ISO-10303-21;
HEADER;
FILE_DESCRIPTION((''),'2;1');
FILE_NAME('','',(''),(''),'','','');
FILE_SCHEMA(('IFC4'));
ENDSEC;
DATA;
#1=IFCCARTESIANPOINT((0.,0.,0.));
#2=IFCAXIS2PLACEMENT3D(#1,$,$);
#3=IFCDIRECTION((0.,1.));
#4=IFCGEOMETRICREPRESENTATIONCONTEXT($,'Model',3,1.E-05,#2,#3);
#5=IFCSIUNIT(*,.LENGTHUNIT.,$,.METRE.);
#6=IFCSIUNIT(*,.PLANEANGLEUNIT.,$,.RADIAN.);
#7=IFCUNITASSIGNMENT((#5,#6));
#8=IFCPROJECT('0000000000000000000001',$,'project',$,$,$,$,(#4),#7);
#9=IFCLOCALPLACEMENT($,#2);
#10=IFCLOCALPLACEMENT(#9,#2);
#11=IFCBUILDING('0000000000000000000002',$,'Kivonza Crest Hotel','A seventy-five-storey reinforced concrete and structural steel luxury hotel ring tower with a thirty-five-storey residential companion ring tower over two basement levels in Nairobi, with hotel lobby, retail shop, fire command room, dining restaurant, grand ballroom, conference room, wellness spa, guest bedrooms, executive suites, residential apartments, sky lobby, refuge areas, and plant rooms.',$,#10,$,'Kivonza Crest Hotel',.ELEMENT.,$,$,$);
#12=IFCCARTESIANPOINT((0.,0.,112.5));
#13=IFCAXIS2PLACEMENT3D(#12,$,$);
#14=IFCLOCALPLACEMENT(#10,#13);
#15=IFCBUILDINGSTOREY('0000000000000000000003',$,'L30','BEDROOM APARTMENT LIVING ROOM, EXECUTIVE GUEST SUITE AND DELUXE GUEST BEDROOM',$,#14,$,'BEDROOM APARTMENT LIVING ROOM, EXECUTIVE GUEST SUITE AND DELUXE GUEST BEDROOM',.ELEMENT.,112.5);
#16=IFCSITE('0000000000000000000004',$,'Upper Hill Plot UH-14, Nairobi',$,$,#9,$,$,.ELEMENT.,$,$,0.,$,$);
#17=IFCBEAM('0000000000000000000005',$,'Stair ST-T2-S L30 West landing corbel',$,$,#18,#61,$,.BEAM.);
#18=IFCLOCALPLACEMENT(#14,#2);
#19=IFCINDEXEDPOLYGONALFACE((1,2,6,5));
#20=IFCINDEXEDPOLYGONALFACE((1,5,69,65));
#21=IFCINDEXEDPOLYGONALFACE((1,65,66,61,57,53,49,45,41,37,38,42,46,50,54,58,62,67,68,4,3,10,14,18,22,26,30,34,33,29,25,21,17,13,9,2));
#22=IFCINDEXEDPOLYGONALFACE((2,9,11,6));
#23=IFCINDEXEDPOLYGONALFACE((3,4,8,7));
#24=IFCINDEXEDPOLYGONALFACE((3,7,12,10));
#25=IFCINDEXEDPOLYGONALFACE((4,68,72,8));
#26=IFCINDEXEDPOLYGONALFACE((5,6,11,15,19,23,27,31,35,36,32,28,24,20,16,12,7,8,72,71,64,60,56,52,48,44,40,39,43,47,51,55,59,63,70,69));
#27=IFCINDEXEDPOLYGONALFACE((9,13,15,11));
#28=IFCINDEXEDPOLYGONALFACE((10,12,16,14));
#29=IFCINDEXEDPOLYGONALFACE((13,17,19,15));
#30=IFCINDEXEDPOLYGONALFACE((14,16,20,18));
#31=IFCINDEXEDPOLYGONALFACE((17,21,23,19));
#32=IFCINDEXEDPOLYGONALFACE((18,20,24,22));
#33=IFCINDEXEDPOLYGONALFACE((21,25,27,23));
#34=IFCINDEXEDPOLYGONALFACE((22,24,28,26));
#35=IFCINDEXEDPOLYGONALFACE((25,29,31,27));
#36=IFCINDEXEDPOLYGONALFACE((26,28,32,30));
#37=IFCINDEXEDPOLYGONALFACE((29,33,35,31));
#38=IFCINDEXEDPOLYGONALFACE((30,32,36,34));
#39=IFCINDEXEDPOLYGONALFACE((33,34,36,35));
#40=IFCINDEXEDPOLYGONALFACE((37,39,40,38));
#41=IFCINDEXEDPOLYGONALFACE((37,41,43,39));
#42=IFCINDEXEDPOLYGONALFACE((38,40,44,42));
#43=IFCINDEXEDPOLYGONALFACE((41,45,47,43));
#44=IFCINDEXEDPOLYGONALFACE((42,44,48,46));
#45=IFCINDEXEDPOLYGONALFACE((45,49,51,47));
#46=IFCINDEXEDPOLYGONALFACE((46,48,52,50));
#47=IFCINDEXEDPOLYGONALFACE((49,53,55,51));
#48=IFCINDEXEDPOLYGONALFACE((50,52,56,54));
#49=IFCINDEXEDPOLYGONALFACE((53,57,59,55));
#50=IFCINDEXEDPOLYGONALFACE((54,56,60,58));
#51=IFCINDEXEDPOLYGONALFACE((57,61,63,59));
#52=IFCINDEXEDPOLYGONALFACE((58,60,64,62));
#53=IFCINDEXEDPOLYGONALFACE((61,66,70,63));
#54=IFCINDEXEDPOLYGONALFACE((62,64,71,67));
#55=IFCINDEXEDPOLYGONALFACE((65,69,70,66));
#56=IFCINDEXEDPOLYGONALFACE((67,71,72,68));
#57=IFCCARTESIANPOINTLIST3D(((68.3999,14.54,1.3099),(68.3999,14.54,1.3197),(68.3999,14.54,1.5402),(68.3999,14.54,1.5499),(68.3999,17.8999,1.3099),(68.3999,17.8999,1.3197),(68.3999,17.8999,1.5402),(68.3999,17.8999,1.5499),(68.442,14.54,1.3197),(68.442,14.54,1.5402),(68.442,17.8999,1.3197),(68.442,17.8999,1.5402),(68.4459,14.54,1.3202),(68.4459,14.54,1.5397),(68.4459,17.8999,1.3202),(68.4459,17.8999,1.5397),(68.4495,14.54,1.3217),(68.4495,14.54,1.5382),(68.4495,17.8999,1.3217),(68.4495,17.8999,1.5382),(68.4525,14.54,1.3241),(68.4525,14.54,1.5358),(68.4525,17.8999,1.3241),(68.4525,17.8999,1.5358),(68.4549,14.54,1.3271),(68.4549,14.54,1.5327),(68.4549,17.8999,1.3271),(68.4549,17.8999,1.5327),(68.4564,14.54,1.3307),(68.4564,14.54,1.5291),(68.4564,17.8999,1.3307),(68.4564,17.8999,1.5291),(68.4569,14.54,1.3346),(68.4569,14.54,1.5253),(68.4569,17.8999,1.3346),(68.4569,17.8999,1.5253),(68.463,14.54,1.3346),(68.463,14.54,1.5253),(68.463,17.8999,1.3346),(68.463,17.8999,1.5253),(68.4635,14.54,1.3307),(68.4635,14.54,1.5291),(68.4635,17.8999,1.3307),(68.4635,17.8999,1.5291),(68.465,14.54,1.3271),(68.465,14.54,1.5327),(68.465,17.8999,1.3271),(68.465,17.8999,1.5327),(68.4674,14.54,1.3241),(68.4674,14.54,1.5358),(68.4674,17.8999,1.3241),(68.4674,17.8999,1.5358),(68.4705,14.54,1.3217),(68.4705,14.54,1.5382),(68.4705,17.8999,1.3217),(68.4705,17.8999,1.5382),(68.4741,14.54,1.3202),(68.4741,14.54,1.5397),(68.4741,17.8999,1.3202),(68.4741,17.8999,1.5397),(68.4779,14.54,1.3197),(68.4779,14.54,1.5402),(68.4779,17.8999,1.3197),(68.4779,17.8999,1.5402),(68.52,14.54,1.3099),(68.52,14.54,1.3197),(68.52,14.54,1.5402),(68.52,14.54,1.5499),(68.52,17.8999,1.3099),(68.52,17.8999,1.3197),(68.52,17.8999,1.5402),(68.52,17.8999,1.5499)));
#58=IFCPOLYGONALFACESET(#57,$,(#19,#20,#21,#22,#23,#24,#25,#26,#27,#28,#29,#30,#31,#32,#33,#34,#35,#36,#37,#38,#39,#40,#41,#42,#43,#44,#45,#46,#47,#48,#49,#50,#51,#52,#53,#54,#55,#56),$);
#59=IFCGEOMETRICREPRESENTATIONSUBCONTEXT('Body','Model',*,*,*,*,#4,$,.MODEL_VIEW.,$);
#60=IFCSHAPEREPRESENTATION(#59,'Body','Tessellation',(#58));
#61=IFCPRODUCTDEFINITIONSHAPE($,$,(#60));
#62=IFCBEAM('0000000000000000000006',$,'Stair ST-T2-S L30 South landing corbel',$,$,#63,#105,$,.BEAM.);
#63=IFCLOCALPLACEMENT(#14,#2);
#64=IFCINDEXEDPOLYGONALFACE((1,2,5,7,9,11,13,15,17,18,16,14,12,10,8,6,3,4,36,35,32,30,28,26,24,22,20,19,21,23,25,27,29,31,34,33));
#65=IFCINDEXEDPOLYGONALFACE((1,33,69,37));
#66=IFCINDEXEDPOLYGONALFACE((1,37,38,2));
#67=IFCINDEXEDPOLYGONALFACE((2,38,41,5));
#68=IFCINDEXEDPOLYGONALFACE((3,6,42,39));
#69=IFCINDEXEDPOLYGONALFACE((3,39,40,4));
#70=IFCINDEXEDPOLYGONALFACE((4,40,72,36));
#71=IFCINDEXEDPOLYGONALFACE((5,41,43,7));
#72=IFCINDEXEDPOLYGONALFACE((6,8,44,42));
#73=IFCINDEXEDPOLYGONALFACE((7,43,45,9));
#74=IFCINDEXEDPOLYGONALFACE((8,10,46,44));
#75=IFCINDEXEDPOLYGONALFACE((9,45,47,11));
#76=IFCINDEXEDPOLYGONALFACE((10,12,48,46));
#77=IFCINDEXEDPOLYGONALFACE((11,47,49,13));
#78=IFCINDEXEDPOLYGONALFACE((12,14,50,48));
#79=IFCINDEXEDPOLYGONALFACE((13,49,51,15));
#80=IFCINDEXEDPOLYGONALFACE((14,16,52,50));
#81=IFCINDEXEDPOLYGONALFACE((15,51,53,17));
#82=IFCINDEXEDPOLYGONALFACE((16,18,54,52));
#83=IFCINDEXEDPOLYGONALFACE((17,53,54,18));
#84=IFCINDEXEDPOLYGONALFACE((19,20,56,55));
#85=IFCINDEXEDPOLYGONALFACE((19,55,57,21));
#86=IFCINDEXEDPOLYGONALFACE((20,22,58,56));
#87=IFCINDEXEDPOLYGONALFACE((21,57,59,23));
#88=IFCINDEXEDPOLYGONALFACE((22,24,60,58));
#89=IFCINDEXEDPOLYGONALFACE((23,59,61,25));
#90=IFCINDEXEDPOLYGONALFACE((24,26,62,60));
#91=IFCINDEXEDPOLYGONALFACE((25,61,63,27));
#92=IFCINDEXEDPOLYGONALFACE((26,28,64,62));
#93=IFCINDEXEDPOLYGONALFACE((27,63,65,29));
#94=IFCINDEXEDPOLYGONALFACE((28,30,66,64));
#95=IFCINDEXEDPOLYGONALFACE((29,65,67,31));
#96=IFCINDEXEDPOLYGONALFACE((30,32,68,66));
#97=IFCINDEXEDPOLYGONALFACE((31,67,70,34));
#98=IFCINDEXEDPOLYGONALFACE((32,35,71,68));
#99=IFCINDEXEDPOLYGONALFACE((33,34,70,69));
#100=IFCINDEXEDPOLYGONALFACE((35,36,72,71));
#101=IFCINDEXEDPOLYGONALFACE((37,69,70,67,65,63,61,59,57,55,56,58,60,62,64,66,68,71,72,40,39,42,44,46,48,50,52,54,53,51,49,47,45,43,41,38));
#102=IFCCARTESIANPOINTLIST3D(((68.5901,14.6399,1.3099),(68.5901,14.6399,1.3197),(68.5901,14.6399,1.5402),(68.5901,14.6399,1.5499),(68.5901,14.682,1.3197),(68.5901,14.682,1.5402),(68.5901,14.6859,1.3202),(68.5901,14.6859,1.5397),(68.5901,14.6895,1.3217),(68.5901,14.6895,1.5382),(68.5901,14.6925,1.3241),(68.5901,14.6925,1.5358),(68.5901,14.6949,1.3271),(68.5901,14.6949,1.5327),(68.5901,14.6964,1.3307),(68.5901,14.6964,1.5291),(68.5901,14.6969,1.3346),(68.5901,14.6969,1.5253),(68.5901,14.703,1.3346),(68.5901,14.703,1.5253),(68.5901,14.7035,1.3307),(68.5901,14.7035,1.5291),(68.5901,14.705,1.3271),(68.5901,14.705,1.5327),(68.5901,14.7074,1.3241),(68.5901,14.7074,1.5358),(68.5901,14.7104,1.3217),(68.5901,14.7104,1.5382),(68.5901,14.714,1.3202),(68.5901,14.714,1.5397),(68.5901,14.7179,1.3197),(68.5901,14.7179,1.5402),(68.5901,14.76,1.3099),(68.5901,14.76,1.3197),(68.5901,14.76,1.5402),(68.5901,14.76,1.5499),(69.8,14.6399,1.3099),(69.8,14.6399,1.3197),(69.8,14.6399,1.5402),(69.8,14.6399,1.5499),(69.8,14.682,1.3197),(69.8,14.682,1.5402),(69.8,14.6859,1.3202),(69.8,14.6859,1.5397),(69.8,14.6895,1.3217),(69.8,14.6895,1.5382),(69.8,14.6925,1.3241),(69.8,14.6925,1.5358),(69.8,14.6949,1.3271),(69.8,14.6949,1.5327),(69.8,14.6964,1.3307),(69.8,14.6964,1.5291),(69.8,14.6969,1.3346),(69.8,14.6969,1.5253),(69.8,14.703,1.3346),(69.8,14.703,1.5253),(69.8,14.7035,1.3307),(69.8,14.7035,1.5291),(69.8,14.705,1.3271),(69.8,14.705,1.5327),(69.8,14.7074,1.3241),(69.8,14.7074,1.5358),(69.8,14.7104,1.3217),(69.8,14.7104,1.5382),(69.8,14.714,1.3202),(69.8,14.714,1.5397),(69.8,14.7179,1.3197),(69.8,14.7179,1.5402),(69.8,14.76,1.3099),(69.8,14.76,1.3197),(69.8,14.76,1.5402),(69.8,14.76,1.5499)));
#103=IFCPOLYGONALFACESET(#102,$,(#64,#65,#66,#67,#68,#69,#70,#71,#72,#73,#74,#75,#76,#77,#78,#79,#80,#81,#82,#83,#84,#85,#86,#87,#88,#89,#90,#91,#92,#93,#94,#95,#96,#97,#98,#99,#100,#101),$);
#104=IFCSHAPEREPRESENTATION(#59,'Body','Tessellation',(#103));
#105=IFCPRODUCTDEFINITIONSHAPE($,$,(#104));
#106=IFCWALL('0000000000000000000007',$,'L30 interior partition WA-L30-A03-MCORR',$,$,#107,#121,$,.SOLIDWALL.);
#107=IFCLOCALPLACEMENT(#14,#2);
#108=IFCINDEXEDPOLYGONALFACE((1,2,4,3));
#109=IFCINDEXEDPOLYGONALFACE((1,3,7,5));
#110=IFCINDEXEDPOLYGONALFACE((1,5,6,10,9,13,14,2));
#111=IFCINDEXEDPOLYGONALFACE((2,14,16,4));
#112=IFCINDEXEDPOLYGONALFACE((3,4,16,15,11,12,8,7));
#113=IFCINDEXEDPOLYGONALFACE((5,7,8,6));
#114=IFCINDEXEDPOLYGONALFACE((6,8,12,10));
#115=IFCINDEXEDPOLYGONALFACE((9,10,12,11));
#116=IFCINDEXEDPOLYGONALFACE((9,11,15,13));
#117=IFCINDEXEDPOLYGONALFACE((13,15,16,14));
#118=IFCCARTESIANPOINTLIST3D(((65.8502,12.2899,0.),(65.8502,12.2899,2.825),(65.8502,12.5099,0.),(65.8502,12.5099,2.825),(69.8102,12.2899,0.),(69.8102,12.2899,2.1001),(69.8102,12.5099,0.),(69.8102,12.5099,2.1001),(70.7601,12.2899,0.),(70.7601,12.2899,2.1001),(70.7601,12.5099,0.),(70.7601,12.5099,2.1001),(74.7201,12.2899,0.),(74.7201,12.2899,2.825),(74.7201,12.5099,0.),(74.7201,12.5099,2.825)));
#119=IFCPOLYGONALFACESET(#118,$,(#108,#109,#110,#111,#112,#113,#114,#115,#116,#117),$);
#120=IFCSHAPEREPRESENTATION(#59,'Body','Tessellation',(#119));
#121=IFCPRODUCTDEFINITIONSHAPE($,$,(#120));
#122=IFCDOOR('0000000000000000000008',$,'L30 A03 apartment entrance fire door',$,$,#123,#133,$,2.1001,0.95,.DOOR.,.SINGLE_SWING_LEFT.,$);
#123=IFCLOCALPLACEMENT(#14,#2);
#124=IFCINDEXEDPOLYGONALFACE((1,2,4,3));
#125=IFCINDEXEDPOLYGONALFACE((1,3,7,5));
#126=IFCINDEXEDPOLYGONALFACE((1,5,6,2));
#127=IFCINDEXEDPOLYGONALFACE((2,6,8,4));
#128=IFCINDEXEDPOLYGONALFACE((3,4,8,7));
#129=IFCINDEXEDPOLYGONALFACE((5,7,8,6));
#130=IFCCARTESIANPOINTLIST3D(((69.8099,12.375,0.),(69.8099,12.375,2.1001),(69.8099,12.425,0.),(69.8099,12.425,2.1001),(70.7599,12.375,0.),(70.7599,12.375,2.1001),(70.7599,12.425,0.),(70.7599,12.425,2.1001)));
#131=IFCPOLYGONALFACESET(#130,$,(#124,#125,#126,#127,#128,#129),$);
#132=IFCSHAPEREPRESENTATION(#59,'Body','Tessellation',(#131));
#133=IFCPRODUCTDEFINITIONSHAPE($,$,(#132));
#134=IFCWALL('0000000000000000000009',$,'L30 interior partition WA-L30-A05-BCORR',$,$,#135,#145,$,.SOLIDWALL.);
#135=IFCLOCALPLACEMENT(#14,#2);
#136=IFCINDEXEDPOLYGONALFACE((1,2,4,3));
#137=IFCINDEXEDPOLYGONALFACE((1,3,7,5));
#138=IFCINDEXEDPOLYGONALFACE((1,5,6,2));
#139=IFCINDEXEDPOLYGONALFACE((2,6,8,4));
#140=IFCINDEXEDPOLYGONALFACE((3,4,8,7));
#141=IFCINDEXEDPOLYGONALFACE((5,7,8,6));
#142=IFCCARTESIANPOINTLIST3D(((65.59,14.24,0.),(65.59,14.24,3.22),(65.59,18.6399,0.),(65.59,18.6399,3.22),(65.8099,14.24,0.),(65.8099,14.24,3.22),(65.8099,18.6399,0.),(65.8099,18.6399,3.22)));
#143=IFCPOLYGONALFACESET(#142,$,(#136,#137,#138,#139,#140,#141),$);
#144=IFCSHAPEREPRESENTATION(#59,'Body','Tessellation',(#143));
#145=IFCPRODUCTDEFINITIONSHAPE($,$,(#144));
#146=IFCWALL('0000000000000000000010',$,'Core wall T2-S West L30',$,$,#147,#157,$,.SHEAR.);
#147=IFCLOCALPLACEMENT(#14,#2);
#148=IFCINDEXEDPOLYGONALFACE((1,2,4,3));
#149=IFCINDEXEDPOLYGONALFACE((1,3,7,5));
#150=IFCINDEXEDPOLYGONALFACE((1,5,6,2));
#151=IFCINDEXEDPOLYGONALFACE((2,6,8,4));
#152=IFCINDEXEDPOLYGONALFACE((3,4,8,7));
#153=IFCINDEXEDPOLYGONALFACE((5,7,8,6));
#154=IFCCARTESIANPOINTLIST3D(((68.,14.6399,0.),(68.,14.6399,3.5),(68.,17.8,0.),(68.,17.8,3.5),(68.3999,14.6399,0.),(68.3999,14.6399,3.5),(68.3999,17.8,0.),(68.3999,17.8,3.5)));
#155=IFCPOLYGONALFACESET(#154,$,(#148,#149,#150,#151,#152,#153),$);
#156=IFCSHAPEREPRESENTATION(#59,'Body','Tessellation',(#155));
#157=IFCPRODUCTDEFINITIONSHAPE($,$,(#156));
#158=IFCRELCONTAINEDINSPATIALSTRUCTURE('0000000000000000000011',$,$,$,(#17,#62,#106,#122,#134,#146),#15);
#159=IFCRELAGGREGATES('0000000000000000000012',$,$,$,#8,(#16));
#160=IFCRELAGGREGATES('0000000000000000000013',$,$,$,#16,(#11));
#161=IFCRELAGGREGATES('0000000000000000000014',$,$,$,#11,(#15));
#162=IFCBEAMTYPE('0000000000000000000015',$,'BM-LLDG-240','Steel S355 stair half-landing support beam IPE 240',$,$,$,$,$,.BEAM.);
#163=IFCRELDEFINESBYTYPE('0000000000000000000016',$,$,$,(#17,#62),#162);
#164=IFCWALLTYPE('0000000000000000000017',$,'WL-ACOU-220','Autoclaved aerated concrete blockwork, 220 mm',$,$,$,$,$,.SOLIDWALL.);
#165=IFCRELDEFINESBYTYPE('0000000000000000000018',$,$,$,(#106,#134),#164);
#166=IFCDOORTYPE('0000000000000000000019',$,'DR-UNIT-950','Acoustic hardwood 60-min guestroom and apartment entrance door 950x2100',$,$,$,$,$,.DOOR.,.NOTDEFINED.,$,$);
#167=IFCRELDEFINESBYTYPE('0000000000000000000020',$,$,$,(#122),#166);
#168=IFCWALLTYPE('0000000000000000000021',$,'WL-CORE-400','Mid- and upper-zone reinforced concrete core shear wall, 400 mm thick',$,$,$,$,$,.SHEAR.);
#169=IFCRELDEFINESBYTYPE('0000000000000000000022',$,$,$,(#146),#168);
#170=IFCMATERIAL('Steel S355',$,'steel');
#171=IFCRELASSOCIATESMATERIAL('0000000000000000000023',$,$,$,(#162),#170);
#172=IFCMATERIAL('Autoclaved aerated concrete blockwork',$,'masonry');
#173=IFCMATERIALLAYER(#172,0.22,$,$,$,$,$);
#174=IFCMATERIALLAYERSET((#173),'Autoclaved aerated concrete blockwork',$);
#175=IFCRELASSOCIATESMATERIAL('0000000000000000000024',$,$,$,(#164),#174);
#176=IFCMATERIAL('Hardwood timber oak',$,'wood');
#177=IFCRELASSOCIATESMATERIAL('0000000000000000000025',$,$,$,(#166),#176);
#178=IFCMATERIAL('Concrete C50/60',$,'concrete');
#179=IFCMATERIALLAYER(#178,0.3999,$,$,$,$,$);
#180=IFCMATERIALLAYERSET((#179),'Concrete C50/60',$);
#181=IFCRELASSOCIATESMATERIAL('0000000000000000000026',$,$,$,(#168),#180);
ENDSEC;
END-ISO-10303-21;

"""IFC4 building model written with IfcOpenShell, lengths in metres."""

from ifc_helpers import new_model, si_unit, direction, frame, frame_2d, origin, origin_2d, place, context, subcontext, project, spatial, rectangle, i_section, extrude, material, layer, layer_set, material_profile, profile_set, type_object, element, fill, save


model = new_model("IFC4")

# Units and contexts
model_context = context("Model", 3, precision=1e-05, world=origin(), true_north=direction((0.0, 1.0)))
body_context = subcontext(model_context, "Body", "Model", "MODEL_VIEW")
ifc_project = project(units=[si_unit("LENGTHUNIT", "METRE"), si_unit("PLANEANGLEUNIT", "RADIAN")], contexts=[model_context])

# Site, building, storey
site_placement = place(None, origin())
site = spatial("IfcSite", under=ifc_project, at=site_placement, Name="Upper Hill Plot UH-14, Nairobi", CompositionType="ELEMENT", RefElevation=0.0)
building_placement = place(site_placement, origin())
building = spatial("IfcBuilding", under=site, at=building_placement, Name="Kivonza Crest Hotel", Description="A seventy-five-storey reinforced concrete and structural steel luxury hotel ring tower with a thirty-five-storey residential companion ring tower over two basement levels in Nairobi, with hotel lobby, retail shop, fire command room, dining restaurant, grand ballroom, conference room, wellness spa, guest bedrooms, executive suites, residential apartments, sky lobby, refuge areas, and plant rooms.", LongName="Kivonza Crest Hotel", CompositionType="ELEMENT")
storey_placement = place(building_placement, frame((0.0, 0.0, 112.5)))
storey = spatial("IfcBuildingStorey", under=building, at=storey_placement, Name="L30", Description="BEDROOM APARTMENT LIVING ROOM, EXECUTIVE GUEST SUITE AND DELUXE GUEST BEDROOM", LongName="BEDROOM APARTMENT LIVING ROOM, EXECUTIVE GUEST SUITE AND DELUXE GUEST BEDROOM", CompositionType="ELEMENT", Elevation=112.5)

# Shared definitions
ifc_material_1 = material(Name="Concrete C50/60", Category="concrete")

# Beams
ifc_material_2 = material(Name="Steel S355", Category="steel")
ifc_material_profile_1 = material_profile(ifc_material_2, i_section(OverallWidth=0.1201, OverallDepth=0.24, WebThickness=0.0061, FlangeThickness=0.0098, FilletRadius=0.0149, at=origin_2d()), Name="IPE 240")
ifc_profile_set_1 = profile_set([ifc_material_profile_1], Name="Steel S355")
beam_type_1 = type_object("IfcBeamType", Name="BM-LLDG-240", Description="Steel S355 stair half-landing support beam IPE 240", PredefinedType="BEAM", material=ifc_profile_set_1)
beam_1_placement = place(storey_placement, frame((68.46, 14.54, 1.4299), z_axis=(0.0, 1.0, 0.0), x_axis=(-1.0, 0.0, 0.0)))
element("IfcBeam", 1, at=beam_1_placement, inside=storey, type_object=beam_type_1, Name="Stair ST-T2-S L30 West landing corbel", PredefinedType="BEAM", context=body_context, shape_type="SweptSolid", body=[
    extrude(i_section(OverallWidth=0.1201, OverallDepth=0.24, WebThickness=0.0061, FlangeThickness=0.0098, FilletRadius=0.0149, at=origin_2d()), origin(), (0.0, 0.0, 1.0), 3.3599),
])
beam_2_placement = place(storey_placement, frame((68.5901, 14.7, 1.4299), z_axis=(1.0, 0.0, 0.0), x_axis=(0.0, 1.0, 0.0)))
element("IfcBeam", 2, at=beam_2_placement, inside=storey, type_object=beam_type_1, Name="Stair ST-T2-S L30 South landing corbel", PredefinedType="BEAM", context=body_context, shape_type="SweptSolid", body=[
    extrude(i_section(OverallWidth=0.1201, OverallDepth=0.24, WebThickness=0.0061, FlangeThickness=0.0098, FilletRadius=0.0149, at=origin_2d()), origin(), (0.0, 0.0, 1.0), 1.21),
])

# Wall, opening, door
ifc_material_3 = material(Name="Autoclaved aerated concrete blockwork", Category="masonry")
ifc_layer_1 = layer(ifc_material_3, 0.22)
ifc_layer_set_1 = layer_set([ifc_layer_1], Name="Autoclaved aerated concrete blockwork")
wall_type_1 = type_object("IfcWallType", Name="WL-ACOU-220", Description="Autoclaved aerated concrete blockwork, 220 mm", PredefinedType="SOLIDWALL", material=ifc_layer_set_1)
wall_1_placement = place(storey_placement, frame((65.8501, 12.3999, 0.0), z_axis=(0.0, 0.0, 1.0), x_axis=(1.0, 0.0, 0.0)))
wall_1 = element("IfcWall", 3, at=wall_1_placement, inside=storey, type_object=wall_type_1, Name="L30 interior partition WA-L30-A03-MCORR", PredefinedType="SOLIDWALL", context=body_context, shape_type="SweptSolid", body=[
    extrude(rectangle(XDim=8.8699, YDim=0.22, at=frame_2d((4.4351, 0.0))), origin(), (0.0, 0.0, 1.0), 2.825),
])
opening_1_placement = place(wall_1_placement, frame((3.96, 0.0, 0.0)))
opening_1 = element("IfcOpeningElement", 4, at=opening_1_placement, cuts=wall_1, PredefinedType="OPENING", context=body_context, shape_type="SweptSolid", body=[
    extrude(rectangle(XDim=0.95, YDim=2.1001, at=frame_2d((0.4751, 1.05))), frame((0.0, 0.1201, 0.0), z_axis=(0.0, -1.0, 0.0), x_axis=(1.0, 0.0, 0.0)), (0.0, 0.0, 1.0), 0.24),
])
ifc_material_4 = material(Name="Hardwood timber oak", Category="wood")
door_type_1 = type_object("IfcDoorType", Name="DR-UNIT-950", Description="Acoustic hardwood 60-min guestroom and apartment entrance door 950x2100", OperationType="NOTDEFINED", PredefinedType="DOOR", material=ifc_material_4)
door_1_placement = place(opening_1_placement, frame((0.95, 0.0, 0.0), z_axis=(0.0, 0.0, 1.0), x_axis=(-1.0, 0.0, 0.0)))
door_1 = element("IfcDoor", 5, at=door_1_placement, inside=storey, type_object=door_type_1, Name="L30 A03 apartment entrance fire door", OperationType="SINGLE_SWING_LEFT", OverallHeight=2.1001, OverallWidth=0.95, PredefinedType="DOOR", context=body_context, shape_type="SweptSolid", body=[
    extrude(rectangle(XDim=0.95, YDim=2.1001, at=frame_2d((0.4751, 1.05))), frame((0.0, 0.0249, 0.0), z_axis=(0.0, -1.0, 0.0), x_axis=(1.0, 0.0, 0.0)), (0.0, 0.0, 1.0), 0.05),
])
fill(opening_1, door_1)

# Wall
wall_2_placement = place(storey_placement, frame((65.7, 14.24, 0.0), z_axis=(0.0, 0.0, 1.0), x_axis=(0.0, 1.0, 0.0)))
element("IfcWall", 6, at=wall_2_placement, inside=storey, type_object=wall_type_1, Name="L30 interior partition WA-L30-A05-BCORR", PredefinedType="SOLIDWALL", context=body_context, shape_type="SweptSolid", body=[
    extrude(rectangle(XDim=4.3999, YDim=0.22, at=frame_2d((2.2, 0.0))), origin(), (0.0, 0.0, 1.0), 3.22),
])

# Shared definitions
ifc_layer_2 = layer(ifc_material_1, 0.3999)
ifc_layer_set_2 = layer_set([ifc_layer_2], Name="Concrete C50/60")
wall_type_2 = type_object("IfcWallType", Name="WL-CORE-400", Description="Mid- and upper-zone reinforced concrete core shear wall, 400 mm thick", PredefinedType="SHEAR", material=ifc_layer_set_2)

# Wall
wall_3_placement = place(storey_placement, frame((68.2, 14.6399, 0.0), z_axis=(0.0, 0.0, 1.0), x_axis=(0.0, 1.0, 0.0)))
element("IfcWall", 7, at=wall_3_placement, inside=storey, type_object=wall_type_2, Name="Core wall T2-S West L30", PredefinedType="SHEAR", context=body_context, shape_type="SweptSolid", body=[
    extrude(rectangle(XDim=3.1602, YDim=0.3999, at=frame_2d((1.5801, 0.0))), origin(), (0.0, 0.0, 1.0), 3.5),
])

save(model, "model.ifc")
